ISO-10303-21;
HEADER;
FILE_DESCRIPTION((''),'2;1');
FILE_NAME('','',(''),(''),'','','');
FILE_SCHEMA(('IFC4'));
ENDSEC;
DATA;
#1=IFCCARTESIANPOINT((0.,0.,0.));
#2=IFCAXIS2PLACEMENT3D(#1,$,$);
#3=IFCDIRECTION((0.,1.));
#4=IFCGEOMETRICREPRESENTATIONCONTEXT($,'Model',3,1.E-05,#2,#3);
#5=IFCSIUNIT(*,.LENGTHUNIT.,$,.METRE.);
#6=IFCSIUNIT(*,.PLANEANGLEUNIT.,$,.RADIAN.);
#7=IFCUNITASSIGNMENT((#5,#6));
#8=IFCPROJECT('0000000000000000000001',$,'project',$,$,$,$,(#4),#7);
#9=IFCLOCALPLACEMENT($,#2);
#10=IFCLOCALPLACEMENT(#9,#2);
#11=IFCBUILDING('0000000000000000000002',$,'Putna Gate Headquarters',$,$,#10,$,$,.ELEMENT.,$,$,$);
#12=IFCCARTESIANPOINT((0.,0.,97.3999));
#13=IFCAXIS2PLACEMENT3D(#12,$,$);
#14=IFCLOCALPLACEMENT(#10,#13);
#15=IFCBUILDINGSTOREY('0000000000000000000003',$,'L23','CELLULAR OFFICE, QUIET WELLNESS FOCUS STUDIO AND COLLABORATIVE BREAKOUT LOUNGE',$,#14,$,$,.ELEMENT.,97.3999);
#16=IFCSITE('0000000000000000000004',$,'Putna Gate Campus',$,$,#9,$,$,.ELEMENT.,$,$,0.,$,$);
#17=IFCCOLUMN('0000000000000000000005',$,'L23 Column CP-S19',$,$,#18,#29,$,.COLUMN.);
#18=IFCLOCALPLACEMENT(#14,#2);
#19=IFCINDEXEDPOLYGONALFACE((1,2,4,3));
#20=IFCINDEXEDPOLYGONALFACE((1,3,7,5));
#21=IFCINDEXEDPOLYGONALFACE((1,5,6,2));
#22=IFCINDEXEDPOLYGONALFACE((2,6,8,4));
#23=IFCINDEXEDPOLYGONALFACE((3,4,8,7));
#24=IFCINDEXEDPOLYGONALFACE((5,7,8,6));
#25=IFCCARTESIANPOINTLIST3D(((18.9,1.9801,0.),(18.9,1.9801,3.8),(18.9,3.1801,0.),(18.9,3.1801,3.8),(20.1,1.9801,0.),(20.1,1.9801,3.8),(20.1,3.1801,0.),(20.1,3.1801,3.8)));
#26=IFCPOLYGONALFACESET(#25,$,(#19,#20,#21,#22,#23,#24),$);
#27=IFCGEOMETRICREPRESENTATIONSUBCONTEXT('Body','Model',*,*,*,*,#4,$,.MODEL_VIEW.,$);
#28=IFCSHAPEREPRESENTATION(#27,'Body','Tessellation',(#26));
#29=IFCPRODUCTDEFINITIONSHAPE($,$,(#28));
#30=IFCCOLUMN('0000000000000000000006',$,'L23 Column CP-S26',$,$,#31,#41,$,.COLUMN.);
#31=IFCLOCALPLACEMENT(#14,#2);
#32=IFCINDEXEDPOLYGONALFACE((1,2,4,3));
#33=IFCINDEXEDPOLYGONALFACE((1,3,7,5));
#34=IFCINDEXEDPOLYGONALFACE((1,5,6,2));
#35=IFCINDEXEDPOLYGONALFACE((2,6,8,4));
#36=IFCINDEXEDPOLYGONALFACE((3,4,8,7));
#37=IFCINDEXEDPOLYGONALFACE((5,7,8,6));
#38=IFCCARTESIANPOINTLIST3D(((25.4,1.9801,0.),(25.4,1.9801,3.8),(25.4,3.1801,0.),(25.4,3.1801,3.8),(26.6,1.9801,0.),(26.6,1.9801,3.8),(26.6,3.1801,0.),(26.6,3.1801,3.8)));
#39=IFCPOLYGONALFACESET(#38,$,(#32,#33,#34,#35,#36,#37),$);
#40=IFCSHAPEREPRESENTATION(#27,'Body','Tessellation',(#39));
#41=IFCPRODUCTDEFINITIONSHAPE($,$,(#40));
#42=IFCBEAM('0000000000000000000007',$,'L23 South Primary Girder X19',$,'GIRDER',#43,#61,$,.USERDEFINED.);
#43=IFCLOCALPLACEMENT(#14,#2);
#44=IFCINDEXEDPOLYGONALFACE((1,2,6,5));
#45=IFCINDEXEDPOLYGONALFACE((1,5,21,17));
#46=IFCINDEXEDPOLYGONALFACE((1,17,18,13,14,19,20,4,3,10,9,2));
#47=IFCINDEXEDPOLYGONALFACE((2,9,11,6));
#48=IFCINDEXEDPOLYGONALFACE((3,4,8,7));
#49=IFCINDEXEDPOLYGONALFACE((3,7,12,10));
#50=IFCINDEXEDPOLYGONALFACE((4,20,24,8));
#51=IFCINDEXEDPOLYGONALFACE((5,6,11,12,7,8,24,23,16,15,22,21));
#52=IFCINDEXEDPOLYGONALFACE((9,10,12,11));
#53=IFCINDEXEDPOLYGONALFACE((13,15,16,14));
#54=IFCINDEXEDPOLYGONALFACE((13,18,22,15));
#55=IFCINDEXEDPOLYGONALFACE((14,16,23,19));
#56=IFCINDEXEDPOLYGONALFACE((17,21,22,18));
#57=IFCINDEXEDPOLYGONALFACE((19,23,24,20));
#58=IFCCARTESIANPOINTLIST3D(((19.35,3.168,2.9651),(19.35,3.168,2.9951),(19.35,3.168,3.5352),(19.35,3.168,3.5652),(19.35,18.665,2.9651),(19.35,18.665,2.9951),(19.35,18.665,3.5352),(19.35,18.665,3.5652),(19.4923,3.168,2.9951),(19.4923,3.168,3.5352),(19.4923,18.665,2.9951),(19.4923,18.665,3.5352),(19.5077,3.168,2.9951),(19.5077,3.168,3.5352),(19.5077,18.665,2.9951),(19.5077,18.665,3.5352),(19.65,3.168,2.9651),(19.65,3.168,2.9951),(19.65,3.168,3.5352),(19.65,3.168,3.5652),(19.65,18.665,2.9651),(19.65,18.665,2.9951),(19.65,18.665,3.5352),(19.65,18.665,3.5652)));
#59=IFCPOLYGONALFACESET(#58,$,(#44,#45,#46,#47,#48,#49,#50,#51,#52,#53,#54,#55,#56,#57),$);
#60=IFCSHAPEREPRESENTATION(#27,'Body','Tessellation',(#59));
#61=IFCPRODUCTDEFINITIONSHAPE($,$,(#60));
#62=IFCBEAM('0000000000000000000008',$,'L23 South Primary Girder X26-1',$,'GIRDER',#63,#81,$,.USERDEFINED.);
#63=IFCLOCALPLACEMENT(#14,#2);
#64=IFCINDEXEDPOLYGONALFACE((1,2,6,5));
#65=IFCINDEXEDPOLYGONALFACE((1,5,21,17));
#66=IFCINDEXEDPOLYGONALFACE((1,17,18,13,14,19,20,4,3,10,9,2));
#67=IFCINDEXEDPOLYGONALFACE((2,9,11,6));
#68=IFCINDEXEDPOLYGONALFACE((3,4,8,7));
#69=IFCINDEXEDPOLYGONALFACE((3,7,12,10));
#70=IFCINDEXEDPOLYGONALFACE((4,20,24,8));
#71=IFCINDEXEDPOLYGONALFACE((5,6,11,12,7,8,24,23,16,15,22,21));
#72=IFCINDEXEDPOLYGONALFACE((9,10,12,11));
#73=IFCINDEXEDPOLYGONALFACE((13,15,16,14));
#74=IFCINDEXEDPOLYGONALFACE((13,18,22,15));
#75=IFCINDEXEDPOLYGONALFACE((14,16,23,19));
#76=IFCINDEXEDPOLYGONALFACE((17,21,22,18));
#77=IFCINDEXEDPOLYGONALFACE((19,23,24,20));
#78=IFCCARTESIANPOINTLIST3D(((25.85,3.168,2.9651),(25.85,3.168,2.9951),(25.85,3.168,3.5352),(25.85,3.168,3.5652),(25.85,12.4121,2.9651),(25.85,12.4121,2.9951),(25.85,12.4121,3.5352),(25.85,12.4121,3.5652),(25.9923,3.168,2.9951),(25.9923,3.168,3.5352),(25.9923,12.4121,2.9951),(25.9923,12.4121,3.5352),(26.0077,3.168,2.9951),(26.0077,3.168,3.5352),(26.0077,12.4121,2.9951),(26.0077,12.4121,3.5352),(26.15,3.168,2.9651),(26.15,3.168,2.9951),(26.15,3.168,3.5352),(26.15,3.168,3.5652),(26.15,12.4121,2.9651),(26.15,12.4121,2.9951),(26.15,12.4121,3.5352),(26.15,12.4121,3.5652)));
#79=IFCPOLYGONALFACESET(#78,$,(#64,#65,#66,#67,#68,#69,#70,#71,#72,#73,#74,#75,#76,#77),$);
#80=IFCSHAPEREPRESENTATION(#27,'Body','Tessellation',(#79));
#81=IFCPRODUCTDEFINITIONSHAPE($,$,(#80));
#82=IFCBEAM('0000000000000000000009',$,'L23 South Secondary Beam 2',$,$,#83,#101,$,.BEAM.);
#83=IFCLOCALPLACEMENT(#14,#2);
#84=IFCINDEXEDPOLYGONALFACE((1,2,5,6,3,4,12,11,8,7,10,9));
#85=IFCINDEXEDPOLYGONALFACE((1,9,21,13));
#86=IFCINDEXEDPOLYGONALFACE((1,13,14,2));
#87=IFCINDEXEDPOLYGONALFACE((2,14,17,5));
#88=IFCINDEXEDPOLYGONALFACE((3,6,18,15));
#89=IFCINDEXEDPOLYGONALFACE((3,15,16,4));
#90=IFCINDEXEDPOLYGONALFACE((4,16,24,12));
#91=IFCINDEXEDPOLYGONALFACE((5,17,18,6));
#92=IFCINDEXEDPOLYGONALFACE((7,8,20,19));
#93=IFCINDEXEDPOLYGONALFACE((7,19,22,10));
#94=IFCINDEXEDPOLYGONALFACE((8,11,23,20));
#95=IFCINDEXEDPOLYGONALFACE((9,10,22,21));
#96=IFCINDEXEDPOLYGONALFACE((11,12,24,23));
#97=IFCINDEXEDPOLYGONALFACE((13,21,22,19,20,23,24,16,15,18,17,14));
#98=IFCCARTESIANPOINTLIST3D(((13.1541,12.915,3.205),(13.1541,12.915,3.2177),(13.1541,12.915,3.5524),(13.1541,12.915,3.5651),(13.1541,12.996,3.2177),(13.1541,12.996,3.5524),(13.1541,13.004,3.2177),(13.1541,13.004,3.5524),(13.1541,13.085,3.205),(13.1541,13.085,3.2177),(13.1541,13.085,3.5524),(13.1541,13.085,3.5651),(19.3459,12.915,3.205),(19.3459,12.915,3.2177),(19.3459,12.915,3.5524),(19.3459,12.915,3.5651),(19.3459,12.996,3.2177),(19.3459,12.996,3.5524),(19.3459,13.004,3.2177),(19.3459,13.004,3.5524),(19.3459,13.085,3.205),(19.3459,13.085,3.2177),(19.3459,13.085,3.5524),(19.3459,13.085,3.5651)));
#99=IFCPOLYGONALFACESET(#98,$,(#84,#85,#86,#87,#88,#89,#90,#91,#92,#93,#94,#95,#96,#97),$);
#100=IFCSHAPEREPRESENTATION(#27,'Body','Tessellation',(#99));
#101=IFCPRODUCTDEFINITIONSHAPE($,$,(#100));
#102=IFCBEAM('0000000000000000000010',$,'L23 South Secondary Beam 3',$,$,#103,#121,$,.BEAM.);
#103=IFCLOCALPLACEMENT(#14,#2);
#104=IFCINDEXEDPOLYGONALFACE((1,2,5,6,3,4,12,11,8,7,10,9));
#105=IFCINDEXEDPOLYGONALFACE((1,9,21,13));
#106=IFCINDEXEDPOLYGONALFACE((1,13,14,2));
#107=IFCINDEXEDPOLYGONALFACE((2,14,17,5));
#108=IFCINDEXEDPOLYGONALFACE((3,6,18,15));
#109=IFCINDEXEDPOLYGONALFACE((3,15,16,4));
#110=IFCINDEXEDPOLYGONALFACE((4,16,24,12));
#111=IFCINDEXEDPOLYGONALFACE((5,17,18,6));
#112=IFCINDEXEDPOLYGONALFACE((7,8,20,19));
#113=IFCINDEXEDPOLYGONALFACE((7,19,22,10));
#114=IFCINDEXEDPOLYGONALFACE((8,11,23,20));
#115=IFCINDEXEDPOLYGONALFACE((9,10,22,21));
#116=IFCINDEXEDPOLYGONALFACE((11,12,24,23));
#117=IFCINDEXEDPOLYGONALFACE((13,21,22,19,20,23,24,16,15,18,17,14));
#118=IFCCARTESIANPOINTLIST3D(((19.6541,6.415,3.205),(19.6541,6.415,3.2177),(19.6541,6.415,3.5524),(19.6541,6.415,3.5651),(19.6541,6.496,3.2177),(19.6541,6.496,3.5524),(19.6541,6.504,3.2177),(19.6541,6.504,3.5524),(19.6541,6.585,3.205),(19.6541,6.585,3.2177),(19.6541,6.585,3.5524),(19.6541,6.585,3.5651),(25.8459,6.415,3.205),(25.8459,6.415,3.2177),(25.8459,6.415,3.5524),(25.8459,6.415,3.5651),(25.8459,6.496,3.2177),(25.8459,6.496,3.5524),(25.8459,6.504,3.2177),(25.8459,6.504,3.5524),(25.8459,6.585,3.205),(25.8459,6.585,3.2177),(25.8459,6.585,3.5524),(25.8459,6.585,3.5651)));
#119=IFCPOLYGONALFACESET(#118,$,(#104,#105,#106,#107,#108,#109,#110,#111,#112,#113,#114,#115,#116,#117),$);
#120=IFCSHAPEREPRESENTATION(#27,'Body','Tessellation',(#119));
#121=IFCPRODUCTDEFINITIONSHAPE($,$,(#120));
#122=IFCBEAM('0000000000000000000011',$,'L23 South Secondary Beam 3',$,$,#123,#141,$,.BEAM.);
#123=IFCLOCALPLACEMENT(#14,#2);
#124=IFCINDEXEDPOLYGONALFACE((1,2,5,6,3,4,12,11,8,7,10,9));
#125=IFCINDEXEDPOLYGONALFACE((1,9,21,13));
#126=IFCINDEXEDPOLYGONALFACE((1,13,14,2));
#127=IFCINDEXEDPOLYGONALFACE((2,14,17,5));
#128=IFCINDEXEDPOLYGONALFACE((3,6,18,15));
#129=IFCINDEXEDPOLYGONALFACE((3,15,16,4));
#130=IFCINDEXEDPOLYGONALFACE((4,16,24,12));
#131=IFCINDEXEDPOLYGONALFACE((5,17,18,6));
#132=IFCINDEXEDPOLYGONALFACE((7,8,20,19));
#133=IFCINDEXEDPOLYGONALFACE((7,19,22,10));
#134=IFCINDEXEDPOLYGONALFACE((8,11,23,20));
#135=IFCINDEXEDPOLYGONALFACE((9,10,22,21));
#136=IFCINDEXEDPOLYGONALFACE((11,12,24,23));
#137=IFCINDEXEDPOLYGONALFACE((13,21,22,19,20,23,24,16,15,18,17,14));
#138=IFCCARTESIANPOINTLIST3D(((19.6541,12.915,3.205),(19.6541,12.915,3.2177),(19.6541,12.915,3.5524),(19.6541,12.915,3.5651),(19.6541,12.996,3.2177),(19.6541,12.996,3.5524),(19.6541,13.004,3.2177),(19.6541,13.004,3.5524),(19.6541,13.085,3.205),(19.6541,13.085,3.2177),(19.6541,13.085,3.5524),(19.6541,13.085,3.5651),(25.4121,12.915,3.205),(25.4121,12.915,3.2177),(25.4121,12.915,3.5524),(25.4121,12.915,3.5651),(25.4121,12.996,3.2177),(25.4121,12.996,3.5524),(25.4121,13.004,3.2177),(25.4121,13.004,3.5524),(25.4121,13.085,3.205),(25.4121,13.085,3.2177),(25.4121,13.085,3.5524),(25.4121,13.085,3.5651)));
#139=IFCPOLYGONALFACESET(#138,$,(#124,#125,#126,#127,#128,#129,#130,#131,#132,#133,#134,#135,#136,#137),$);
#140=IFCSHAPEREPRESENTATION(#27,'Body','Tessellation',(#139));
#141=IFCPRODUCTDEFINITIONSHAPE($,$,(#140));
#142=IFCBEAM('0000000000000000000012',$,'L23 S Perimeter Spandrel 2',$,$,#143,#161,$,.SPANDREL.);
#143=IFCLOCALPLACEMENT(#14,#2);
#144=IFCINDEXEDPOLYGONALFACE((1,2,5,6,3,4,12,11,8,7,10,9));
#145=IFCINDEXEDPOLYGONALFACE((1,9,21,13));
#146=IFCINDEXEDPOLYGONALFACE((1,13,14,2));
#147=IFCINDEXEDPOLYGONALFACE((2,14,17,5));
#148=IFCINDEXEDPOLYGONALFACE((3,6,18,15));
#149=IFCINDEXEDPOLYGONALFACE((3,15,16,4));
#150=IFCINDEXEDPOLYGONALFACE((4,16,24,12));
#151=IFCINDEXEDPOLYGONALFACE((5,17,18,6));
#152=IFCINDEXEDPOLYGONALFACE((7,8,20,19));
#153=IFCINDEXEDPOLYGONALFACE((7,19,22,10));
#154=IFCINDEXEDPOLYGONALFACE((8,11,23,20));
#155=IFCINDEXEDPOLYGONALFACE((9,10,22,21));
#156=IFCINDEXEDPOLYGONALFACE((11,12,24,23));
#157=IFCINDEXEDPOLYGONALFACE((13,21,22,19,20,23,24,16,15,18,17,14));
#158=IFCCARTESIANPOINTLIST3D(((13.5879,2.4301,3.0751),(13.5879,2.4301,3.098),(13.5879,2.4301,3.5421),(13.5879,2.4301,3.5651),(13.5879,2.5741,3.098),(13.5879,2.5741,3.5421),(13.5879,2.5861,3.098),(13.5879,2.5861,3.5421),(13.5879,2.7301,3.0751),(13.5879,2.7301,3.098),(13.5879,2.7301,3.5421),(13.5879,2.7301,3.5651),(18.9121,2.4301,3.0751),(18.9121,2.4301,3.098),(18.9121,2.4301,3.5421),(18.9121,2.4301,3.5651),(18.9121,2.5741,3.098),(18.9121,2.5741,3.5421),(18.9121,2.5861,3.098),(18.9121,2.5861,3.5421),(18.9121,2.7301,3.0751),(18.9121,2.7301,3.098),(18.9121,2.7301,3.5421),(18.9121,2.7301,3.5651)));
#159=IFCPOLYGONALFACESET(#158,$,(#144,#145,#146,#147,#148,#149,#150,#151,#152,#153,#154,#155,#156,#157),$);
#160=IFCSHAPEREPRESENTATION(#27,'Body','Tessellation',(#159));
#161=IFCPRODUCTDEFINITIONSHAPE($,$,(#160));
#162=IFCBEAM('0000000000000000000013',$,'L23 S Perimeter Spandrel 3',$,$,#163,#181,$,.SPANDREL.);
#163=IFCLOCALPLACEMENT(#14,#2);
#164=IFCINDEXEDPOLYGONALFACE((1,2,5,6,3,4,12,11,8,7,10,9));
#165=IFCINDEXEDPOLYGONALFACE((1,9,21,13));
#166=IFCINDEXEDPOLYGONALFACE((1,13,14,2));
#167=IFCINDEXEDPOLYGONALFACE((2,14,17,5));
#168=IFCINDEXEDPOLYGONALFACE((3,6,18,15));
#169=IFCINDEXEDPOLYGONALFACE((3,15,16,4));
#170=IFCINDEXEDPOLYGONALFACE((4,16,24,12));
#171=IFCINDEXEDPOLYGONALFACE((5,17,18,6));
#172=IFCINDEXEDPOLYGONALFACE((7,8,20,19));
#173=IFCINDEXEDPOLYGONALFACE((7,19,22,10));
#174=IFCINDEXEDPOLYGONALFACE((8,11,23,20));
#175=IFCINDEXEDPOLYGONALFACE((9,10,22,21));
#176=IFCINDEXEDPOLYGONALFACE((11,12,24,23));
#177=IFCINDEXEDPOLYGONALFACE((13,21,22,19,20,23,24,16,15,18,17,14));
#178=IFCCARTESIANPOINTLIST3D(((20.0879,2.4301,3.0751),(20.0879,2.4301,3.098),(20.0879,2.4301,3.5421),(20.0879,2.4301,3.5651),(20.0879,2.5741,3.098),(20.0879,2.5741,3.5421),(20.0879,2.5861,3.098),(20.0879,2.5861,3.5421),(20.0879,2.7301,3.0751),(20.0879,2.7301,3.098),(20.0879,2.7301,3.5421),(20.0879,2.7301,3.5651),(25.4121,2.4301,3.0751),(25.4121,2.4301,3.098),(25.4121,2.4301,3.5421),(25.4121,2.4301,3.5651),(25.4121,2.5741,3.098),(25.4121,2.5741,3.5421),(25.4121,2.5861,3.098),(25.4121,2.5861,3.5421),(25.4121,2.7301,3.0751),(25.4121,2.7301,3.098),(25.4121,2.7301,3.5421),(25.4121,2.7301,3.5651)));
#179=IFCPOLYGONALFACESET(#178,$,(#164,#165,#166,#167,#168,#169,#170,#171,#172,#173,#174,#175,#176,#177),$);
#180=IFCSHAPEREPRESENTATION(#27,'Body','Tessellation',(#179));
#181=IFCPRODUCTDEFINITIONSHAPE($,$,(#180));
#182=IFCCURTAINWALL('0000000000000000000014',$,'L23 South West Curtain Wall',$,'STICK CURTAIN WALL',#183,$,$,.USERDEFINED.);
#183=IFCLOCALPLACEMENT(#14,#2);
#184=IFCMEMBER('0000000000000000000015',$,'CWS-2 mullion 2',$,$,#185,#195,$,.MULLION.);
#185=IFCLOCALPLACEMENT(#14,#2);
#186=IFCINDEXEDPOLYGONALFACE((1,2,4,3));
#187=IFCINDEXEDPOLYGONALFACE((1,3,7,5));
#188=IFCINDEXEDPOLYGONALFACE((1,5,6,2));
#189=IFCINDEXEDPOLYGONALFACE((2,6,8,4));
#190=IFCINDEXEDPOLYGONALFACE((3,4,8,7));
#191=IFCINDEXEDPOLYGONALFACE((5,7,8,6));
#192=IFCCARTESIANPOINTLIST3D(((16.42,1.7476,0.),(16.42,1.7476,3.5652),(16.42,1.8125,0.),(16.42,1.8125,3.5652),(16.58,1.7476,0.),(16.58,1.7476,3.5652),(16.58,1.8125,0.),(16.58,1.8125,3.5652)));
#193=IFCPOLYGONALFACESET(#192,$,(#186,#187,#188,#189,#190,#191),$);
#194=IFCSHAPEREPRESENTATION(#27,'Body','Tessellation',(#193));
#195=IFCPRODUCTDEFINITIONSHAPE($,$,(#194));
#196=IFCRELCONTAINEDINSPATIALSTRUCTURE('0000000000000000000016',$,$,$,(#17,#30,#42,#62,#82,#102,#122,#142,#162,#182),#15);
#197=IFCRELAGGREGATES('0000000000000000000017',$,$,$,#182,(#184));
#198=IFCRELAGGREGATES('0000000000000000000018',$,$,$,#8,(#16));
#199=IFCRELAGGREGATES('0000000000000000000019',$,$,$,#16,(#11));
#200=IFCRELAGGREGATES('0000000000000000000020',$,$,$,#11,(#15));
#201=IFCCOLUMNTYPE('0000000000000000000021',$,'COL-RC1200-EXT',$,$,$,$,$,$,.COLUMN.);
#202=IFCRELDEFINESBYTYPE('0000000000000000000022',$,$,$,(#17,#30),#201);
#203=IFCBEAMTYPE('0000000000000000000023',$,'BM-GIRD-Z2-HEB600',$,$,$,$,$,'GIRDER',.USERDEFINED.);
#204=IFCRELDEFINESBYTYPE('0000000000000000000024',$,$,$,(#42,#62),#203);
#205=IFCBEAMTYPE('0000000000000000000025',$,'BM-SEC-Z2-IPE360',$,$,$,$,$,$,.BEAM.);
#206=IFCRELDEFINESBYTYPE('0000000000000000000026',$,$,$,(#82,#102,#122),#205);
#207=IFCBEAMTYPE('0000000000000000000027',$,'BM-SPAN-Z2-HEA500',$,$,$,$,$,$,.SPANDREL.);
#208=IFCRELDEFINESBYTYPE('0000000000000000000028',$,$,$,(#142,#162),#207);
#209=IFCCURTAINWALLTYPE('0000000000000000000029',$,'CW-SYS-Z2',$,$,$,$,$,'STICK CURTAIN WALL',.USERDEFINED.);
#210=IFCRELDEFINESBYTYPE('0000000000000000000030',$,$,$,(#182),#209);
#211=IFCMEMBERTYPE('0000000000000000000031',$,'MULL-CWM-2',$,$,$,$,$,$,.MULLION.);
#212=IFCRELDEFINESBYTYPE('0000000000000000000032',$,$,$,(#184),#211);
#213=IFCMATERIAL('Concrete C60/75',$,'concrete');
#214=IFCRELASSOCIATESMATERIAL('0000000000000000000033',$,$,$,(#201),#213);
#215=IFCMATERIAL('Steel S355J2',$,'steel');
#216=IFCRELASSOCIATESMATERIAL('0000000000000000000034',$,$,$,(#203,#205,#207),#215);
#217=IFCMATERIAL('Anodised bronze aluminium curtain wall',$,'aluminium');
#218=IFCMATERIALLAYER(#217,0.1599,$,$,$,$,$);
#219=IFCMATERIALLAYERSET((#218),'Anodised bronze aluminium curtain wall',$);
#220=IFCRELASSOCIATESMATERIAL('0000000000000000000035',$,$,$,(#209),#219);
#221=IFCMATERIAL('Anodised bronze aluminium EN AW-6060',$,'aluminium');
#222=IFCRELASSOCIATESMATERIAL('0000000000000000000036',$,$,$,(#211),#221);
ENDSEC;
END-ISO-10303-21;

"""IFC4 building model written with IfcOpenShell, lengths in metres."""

from ifc_helpers import new_model, si_unit, direction, frame, origin, origin_2d, place, context, subcontext, project, spatial, rectangle, i_section, extrude, material, layer, layer_set, material_profile, profile_set, type_object, element, aggregate, save


model = new_model("IFC4")

# Units and contexts
model_context = context("Model", 3, precision=1e-05, world=origin(), true_north=direction((0.0, 1.0)))
body_context = subcontext(model_context, "Body", "Model", "MODEL_VIEW")
ifc_project = project(units=[si_unit("LENGTHUNIT", "METRE"), si_unit("PLANEANGLEUNIT", "RADIAN")], contexts=[model_context])

# Site, building, storey
site_placement = place(None, origin())
site = spatial("IfcSite", under=ifc_project, at=site_placement, Name="Putna Gate Campus", CompositionType="ELEMENT", RefElevation=0.0)
building_placement = place(site_placement, origin())
building = spatial("IfcBuilding", under=site, at=building_placement, Name="Putna Gate Headquarters", CompositionType="ELEMENT")
storey_placement = place(building_placement, frame((0.0, 0.0, 97.3999)))
storey = spatial("IfcBuildingStorey", under=building, at=storey_placement, Name="L23", Description="CELLULAR OFFICE, QUIET WELLNESS FOCUS STUDIO AND COLLABORATIVE BREAKOUT LOUNGE", CompositionType="ELEMENT", Elevation=97.3999)

# Columns
ifc_material_1 = material(Name="Concrete C60/75", Category="concrete")
ifc_material_profile_1 = material_profile(ifc_material_1, rectangle(XDim=1.2, YDim=1.2, at=origin_2d()), Name="Concrete C60/75")
ifc_profile_set_1 = profile_set([ifc_material_profile_1], Name="Concrete C60/75")
column_type = type_object("IfcColumnType", Name="COL-RC1200-EXT", PredefinedType="COLUMN", material=ifc_profile_set_1)
for number, where, z_axis, x_axis, name in (
    (1, (19.5, 2.5801, 0.0), (0.0, 0.0, 1.0), (1.0, 0.0, 0.0), "L23 Column CP-S19"),
    (2, (26.0, 2.5801, 0.0), (0.0, 0.0, 1.0), (1.0, 0.0, 0.0), "L23 Column CP-S26"),
):
    element("IfcColumn", number, at=place(storey_placement, frame(where, z_axis=z_axis, x_axis=x_axis)), inside=storey, type_object=column_type, Name=name, PredefinedType="COLUMN", context=body_context, shape_type="SweptSolid", body=[
        extrude(rectangle(XDim=1.2, YDim=1.2, at=origin_2d()), origin(), (0.0, 0.0, 1.0), 3.8),
    ])

# Beams
ifc_material_2 = material(Name="Steel S355J2", Category="steel")
ifc_material_profile_2 = material_profile(ifc_material_2, i_section(OverallWidth=0.3, OverallDepth=0.6001, WebThickness=0.0154, FlangeThickness=0.03, at=origin_2d()), Name="Steel S355J2")
ifc_profile_set_2 = profile_set([ifc_material_profile_2], Name="Steel S355J2")
beam_type_1 = type_object("IfcBeamType", Name="BM-GIRD-Z2-HEB600", ElementType="GIRDER", PredefinedType="USERDEFINED", material=ifc_profile_set_2)
beam_1_placement = place(storey_placement, frame((19.5, 3.168, 3.2651), z_axis=(0.0, 1.0, 0.0), x_axis=(-1.0, 0.0, 0.0)))
element("IfcBeam", 3, at=beam_1_placement, inside=storey, type_object=beam_type_1, Name="L23 South Primary Girder X19", ObjectType="GIRDER", PredefinedType="USERDEFINED", context=body_context, shape_type="SweptSolid", body=[
    extrude(i_section(OverallWidth=0.3, OverallDepth=0.6001, WebThickness=0.0154, FlangeThickness=0.03, at=origin_2d()), origin(), (0.0, 0.0, 1.0), 15.4971),
])
beam_2_placement = place(storey_placement, frame((26.0, 3.168, 3.2651), z_axis=(0.0, 1.0, 0.0), x_axis=(-1.0, 0.0, 0.0)))
element("IfcBeam", 4, at=beam_2_placement, inside=storey, type_object=beam_type_1, Name="L23 South Primary Girder X26-1", ObjectType="GIRDER", PredefinedType="USERDEFINED", context=body_context, shape_type="SweptSolid", body=[
    extrude(i_section(OverallWidth=0.3, OverallDepth=0.6001, WebThickness=0.0154, FlangeThickness=0.03, at=origin_2d()), origin(), (0.0, 0.0, 1.0), 9.2441),
])
ifc_material_profile_3 = material_profile(ifc_material_2, i_section(OverallWidth=0.1699, OverallDepth=0.3601, WebThickness=0.0081, FlangeThickness=0.0127, at=origin_2d()), Name="Steel S355J2")
ifc_profile_set_3 = profile_set([ifc_material_profile_3], Name="Steel S355J2")
beam_type_2 = type_object("IfcBeamType", Name="BM-SEC-Z2-IPE360", PredefinedType="BEAM", material=ifc_profile_set_3)
for number, where, z_axis, x_axis, name in (
    (5, (13.1541, 13.0, 3.385), (1.0, 0.0, 0.0), (0.0, 1.0, 0.0), "L23 South Secondary Beam 2"),
    (6, (19.6541, 6.5, 3.385), (1.0, 0.0, 0.0), (0.0, 1.0, 0.0), "L23 South Secondary Beam 3"),
):
    element("IfcBeam", number, at=place(storey_placement, frame(where, z_axis=z_axis, x_axis=x_axis)), inside=storey, type_object=beam_type_2, Name=name, PredefinedType="BEAM", context=body_context, shape_type="SweptSolid", body=[
        extrude(i_section(OverallWidth=0.1699, OverallDepth=0.3601, WebThickness=0.0081, FlangeThickness=0.0127, at=origin_2d()), origin(), (0.0, 0.0, 1.0), 6.1919),
    ])
beam_3_placement = place(storey_placement, frame((19.6541, 13.0, 3.385), z_axis=(1.0, 0.0, 0.0), x_axis=(0.0, 1.0, 0.0)))
element("IfcBeam", 7, at=beam_3_placement, inside=storey, type_object=beam_type_2, Name="L23 South Secondary Beam 3", PredefinedType="BEAM", context=body_context, shape_type="SweptSolid", body=[
    extrude(i_section(OverallWidth=0.1699, OverallDepth=0.3601, WebThickness=0.0081, FlangeThickness=0.0127, at=origin_2d()), origin(), (0.0, 0.0, 1.0), 5.7581),
])
ifc_material_profile_4 = material_profile(ifc_material_2, i_section(OverallWidth=0.3, OverallDepth=0.49, WebThickness=0.012, FlangeThickness=0.0229, at=origin_2d()), Name="Steel S355J2")
ifc_profile_set_4 = profile_set([ifc_material_profile_4], Name="Steel S355J2")
beam_type_3 = type_object("IfcBeamType", Name="BM-SPAN-Z2-HEA500", PredefinedType="SPANDREL", material=ifc_profile_set_4)
for number, where, z_axis, x_axis, name in (
    (8, (13.5879, 2.5801, 3.3201), (1.0, 0.0, 0.0), (0.0, 1.0, 0.0), "L23 S Perimeter Spandrel 2"),
    (9, (20.0879, 2.5801, 3.3201), (1.0, 0.0, 0.0), (0.0, 1.0, 0.0), "L23 S Perimeter Spandrel 3"),
):
    element("IfcBeam", number, at=place(storey_placement, frame(where, z_axis=z_axis, x_axis=x_axis)), inside=storey, type_object=beam_type_3, Name=name, PredefinedType="SPANDREL", context=body_context, shape_type="SweptSolid", body=[
        extrude(i_section(OverallWidth=0.3, OverallDepth=0.49, WebThickness=0.012, FlangeThickness=0.0229, at=origin_2d()), origin(), (0.0, 0.0, 1.0), 5.3242),
    ])

# Curtain wall, member
ifc_material_3 = material(Name="Anodised bronze aluminium curtain wall", Category="aluminium")
ifc_layer_1 = layer(ifc_material_3, 0.1599)
ifc_layer_set_1 = layer_set([ifc_layer_1], Name="Anodised bronze aluminium curtain wall")
curtain_wall_type = type_object("IfcCurtainWallType", Name="CW-SYS-Z2", ElementType="STICK CURTAIN WALL", PredefinedType="USERDEFINED", material=ifc_layer_set_1)
curtain_wall_placement = place(storey_placement, origin())
curtain_wall = element("IfcCurtainWall", 10, at=curtain_wall_placement, inside=storey, type_object=curtain_wall_type, Name="L23 South West Curtain Wall", ObjectType="STICK CURTAIN WALL", PredefinedType="USERDEFINED")
ifc_material_4 = material(Name="Anodised bronze aluminium EN AW-6060", Category="aluminium")
ifc_material_profile_5 = material_profile(ifc_material_4, rectangle(XDim=0.0649, YDim=0.1599, at=origin_2d()), Name="Anodised bronze aluminium EN AW-6060")
ifc_profile_set_5 = profile_set([ifc_material_profile_5], Name="Anodised bronze aluminium EN AW-6060")
member_type_1 = type_object("IfcMemberType", Name="MULL-CWM-2", PredefinedType="MULLION", material=ifc_profile_set_5)
member_1_placement = place(storey_placement, frame((16.5, 1.78, 0.0), z_axis=(0.0, 0.0, 1.0), x_axis=(0.0, 1.0, 0.0)))
member_1 = element("IfcMember", 11, at=member_1_placement, type_object=member_type_1, Name="CWS-2 mullion 2", PredefinedType="MULLION", context=body_context, shape_type="SweptSolid", body=[
    extrude(rectangle(XDim=0.0649, YDim=0.1599, at=origin_2d()), origin(), (0.0, 0.0, 1.0), 3.5652),
])
aggregate(curtain_wall, [member_1])

save(model, "model.ifc")
